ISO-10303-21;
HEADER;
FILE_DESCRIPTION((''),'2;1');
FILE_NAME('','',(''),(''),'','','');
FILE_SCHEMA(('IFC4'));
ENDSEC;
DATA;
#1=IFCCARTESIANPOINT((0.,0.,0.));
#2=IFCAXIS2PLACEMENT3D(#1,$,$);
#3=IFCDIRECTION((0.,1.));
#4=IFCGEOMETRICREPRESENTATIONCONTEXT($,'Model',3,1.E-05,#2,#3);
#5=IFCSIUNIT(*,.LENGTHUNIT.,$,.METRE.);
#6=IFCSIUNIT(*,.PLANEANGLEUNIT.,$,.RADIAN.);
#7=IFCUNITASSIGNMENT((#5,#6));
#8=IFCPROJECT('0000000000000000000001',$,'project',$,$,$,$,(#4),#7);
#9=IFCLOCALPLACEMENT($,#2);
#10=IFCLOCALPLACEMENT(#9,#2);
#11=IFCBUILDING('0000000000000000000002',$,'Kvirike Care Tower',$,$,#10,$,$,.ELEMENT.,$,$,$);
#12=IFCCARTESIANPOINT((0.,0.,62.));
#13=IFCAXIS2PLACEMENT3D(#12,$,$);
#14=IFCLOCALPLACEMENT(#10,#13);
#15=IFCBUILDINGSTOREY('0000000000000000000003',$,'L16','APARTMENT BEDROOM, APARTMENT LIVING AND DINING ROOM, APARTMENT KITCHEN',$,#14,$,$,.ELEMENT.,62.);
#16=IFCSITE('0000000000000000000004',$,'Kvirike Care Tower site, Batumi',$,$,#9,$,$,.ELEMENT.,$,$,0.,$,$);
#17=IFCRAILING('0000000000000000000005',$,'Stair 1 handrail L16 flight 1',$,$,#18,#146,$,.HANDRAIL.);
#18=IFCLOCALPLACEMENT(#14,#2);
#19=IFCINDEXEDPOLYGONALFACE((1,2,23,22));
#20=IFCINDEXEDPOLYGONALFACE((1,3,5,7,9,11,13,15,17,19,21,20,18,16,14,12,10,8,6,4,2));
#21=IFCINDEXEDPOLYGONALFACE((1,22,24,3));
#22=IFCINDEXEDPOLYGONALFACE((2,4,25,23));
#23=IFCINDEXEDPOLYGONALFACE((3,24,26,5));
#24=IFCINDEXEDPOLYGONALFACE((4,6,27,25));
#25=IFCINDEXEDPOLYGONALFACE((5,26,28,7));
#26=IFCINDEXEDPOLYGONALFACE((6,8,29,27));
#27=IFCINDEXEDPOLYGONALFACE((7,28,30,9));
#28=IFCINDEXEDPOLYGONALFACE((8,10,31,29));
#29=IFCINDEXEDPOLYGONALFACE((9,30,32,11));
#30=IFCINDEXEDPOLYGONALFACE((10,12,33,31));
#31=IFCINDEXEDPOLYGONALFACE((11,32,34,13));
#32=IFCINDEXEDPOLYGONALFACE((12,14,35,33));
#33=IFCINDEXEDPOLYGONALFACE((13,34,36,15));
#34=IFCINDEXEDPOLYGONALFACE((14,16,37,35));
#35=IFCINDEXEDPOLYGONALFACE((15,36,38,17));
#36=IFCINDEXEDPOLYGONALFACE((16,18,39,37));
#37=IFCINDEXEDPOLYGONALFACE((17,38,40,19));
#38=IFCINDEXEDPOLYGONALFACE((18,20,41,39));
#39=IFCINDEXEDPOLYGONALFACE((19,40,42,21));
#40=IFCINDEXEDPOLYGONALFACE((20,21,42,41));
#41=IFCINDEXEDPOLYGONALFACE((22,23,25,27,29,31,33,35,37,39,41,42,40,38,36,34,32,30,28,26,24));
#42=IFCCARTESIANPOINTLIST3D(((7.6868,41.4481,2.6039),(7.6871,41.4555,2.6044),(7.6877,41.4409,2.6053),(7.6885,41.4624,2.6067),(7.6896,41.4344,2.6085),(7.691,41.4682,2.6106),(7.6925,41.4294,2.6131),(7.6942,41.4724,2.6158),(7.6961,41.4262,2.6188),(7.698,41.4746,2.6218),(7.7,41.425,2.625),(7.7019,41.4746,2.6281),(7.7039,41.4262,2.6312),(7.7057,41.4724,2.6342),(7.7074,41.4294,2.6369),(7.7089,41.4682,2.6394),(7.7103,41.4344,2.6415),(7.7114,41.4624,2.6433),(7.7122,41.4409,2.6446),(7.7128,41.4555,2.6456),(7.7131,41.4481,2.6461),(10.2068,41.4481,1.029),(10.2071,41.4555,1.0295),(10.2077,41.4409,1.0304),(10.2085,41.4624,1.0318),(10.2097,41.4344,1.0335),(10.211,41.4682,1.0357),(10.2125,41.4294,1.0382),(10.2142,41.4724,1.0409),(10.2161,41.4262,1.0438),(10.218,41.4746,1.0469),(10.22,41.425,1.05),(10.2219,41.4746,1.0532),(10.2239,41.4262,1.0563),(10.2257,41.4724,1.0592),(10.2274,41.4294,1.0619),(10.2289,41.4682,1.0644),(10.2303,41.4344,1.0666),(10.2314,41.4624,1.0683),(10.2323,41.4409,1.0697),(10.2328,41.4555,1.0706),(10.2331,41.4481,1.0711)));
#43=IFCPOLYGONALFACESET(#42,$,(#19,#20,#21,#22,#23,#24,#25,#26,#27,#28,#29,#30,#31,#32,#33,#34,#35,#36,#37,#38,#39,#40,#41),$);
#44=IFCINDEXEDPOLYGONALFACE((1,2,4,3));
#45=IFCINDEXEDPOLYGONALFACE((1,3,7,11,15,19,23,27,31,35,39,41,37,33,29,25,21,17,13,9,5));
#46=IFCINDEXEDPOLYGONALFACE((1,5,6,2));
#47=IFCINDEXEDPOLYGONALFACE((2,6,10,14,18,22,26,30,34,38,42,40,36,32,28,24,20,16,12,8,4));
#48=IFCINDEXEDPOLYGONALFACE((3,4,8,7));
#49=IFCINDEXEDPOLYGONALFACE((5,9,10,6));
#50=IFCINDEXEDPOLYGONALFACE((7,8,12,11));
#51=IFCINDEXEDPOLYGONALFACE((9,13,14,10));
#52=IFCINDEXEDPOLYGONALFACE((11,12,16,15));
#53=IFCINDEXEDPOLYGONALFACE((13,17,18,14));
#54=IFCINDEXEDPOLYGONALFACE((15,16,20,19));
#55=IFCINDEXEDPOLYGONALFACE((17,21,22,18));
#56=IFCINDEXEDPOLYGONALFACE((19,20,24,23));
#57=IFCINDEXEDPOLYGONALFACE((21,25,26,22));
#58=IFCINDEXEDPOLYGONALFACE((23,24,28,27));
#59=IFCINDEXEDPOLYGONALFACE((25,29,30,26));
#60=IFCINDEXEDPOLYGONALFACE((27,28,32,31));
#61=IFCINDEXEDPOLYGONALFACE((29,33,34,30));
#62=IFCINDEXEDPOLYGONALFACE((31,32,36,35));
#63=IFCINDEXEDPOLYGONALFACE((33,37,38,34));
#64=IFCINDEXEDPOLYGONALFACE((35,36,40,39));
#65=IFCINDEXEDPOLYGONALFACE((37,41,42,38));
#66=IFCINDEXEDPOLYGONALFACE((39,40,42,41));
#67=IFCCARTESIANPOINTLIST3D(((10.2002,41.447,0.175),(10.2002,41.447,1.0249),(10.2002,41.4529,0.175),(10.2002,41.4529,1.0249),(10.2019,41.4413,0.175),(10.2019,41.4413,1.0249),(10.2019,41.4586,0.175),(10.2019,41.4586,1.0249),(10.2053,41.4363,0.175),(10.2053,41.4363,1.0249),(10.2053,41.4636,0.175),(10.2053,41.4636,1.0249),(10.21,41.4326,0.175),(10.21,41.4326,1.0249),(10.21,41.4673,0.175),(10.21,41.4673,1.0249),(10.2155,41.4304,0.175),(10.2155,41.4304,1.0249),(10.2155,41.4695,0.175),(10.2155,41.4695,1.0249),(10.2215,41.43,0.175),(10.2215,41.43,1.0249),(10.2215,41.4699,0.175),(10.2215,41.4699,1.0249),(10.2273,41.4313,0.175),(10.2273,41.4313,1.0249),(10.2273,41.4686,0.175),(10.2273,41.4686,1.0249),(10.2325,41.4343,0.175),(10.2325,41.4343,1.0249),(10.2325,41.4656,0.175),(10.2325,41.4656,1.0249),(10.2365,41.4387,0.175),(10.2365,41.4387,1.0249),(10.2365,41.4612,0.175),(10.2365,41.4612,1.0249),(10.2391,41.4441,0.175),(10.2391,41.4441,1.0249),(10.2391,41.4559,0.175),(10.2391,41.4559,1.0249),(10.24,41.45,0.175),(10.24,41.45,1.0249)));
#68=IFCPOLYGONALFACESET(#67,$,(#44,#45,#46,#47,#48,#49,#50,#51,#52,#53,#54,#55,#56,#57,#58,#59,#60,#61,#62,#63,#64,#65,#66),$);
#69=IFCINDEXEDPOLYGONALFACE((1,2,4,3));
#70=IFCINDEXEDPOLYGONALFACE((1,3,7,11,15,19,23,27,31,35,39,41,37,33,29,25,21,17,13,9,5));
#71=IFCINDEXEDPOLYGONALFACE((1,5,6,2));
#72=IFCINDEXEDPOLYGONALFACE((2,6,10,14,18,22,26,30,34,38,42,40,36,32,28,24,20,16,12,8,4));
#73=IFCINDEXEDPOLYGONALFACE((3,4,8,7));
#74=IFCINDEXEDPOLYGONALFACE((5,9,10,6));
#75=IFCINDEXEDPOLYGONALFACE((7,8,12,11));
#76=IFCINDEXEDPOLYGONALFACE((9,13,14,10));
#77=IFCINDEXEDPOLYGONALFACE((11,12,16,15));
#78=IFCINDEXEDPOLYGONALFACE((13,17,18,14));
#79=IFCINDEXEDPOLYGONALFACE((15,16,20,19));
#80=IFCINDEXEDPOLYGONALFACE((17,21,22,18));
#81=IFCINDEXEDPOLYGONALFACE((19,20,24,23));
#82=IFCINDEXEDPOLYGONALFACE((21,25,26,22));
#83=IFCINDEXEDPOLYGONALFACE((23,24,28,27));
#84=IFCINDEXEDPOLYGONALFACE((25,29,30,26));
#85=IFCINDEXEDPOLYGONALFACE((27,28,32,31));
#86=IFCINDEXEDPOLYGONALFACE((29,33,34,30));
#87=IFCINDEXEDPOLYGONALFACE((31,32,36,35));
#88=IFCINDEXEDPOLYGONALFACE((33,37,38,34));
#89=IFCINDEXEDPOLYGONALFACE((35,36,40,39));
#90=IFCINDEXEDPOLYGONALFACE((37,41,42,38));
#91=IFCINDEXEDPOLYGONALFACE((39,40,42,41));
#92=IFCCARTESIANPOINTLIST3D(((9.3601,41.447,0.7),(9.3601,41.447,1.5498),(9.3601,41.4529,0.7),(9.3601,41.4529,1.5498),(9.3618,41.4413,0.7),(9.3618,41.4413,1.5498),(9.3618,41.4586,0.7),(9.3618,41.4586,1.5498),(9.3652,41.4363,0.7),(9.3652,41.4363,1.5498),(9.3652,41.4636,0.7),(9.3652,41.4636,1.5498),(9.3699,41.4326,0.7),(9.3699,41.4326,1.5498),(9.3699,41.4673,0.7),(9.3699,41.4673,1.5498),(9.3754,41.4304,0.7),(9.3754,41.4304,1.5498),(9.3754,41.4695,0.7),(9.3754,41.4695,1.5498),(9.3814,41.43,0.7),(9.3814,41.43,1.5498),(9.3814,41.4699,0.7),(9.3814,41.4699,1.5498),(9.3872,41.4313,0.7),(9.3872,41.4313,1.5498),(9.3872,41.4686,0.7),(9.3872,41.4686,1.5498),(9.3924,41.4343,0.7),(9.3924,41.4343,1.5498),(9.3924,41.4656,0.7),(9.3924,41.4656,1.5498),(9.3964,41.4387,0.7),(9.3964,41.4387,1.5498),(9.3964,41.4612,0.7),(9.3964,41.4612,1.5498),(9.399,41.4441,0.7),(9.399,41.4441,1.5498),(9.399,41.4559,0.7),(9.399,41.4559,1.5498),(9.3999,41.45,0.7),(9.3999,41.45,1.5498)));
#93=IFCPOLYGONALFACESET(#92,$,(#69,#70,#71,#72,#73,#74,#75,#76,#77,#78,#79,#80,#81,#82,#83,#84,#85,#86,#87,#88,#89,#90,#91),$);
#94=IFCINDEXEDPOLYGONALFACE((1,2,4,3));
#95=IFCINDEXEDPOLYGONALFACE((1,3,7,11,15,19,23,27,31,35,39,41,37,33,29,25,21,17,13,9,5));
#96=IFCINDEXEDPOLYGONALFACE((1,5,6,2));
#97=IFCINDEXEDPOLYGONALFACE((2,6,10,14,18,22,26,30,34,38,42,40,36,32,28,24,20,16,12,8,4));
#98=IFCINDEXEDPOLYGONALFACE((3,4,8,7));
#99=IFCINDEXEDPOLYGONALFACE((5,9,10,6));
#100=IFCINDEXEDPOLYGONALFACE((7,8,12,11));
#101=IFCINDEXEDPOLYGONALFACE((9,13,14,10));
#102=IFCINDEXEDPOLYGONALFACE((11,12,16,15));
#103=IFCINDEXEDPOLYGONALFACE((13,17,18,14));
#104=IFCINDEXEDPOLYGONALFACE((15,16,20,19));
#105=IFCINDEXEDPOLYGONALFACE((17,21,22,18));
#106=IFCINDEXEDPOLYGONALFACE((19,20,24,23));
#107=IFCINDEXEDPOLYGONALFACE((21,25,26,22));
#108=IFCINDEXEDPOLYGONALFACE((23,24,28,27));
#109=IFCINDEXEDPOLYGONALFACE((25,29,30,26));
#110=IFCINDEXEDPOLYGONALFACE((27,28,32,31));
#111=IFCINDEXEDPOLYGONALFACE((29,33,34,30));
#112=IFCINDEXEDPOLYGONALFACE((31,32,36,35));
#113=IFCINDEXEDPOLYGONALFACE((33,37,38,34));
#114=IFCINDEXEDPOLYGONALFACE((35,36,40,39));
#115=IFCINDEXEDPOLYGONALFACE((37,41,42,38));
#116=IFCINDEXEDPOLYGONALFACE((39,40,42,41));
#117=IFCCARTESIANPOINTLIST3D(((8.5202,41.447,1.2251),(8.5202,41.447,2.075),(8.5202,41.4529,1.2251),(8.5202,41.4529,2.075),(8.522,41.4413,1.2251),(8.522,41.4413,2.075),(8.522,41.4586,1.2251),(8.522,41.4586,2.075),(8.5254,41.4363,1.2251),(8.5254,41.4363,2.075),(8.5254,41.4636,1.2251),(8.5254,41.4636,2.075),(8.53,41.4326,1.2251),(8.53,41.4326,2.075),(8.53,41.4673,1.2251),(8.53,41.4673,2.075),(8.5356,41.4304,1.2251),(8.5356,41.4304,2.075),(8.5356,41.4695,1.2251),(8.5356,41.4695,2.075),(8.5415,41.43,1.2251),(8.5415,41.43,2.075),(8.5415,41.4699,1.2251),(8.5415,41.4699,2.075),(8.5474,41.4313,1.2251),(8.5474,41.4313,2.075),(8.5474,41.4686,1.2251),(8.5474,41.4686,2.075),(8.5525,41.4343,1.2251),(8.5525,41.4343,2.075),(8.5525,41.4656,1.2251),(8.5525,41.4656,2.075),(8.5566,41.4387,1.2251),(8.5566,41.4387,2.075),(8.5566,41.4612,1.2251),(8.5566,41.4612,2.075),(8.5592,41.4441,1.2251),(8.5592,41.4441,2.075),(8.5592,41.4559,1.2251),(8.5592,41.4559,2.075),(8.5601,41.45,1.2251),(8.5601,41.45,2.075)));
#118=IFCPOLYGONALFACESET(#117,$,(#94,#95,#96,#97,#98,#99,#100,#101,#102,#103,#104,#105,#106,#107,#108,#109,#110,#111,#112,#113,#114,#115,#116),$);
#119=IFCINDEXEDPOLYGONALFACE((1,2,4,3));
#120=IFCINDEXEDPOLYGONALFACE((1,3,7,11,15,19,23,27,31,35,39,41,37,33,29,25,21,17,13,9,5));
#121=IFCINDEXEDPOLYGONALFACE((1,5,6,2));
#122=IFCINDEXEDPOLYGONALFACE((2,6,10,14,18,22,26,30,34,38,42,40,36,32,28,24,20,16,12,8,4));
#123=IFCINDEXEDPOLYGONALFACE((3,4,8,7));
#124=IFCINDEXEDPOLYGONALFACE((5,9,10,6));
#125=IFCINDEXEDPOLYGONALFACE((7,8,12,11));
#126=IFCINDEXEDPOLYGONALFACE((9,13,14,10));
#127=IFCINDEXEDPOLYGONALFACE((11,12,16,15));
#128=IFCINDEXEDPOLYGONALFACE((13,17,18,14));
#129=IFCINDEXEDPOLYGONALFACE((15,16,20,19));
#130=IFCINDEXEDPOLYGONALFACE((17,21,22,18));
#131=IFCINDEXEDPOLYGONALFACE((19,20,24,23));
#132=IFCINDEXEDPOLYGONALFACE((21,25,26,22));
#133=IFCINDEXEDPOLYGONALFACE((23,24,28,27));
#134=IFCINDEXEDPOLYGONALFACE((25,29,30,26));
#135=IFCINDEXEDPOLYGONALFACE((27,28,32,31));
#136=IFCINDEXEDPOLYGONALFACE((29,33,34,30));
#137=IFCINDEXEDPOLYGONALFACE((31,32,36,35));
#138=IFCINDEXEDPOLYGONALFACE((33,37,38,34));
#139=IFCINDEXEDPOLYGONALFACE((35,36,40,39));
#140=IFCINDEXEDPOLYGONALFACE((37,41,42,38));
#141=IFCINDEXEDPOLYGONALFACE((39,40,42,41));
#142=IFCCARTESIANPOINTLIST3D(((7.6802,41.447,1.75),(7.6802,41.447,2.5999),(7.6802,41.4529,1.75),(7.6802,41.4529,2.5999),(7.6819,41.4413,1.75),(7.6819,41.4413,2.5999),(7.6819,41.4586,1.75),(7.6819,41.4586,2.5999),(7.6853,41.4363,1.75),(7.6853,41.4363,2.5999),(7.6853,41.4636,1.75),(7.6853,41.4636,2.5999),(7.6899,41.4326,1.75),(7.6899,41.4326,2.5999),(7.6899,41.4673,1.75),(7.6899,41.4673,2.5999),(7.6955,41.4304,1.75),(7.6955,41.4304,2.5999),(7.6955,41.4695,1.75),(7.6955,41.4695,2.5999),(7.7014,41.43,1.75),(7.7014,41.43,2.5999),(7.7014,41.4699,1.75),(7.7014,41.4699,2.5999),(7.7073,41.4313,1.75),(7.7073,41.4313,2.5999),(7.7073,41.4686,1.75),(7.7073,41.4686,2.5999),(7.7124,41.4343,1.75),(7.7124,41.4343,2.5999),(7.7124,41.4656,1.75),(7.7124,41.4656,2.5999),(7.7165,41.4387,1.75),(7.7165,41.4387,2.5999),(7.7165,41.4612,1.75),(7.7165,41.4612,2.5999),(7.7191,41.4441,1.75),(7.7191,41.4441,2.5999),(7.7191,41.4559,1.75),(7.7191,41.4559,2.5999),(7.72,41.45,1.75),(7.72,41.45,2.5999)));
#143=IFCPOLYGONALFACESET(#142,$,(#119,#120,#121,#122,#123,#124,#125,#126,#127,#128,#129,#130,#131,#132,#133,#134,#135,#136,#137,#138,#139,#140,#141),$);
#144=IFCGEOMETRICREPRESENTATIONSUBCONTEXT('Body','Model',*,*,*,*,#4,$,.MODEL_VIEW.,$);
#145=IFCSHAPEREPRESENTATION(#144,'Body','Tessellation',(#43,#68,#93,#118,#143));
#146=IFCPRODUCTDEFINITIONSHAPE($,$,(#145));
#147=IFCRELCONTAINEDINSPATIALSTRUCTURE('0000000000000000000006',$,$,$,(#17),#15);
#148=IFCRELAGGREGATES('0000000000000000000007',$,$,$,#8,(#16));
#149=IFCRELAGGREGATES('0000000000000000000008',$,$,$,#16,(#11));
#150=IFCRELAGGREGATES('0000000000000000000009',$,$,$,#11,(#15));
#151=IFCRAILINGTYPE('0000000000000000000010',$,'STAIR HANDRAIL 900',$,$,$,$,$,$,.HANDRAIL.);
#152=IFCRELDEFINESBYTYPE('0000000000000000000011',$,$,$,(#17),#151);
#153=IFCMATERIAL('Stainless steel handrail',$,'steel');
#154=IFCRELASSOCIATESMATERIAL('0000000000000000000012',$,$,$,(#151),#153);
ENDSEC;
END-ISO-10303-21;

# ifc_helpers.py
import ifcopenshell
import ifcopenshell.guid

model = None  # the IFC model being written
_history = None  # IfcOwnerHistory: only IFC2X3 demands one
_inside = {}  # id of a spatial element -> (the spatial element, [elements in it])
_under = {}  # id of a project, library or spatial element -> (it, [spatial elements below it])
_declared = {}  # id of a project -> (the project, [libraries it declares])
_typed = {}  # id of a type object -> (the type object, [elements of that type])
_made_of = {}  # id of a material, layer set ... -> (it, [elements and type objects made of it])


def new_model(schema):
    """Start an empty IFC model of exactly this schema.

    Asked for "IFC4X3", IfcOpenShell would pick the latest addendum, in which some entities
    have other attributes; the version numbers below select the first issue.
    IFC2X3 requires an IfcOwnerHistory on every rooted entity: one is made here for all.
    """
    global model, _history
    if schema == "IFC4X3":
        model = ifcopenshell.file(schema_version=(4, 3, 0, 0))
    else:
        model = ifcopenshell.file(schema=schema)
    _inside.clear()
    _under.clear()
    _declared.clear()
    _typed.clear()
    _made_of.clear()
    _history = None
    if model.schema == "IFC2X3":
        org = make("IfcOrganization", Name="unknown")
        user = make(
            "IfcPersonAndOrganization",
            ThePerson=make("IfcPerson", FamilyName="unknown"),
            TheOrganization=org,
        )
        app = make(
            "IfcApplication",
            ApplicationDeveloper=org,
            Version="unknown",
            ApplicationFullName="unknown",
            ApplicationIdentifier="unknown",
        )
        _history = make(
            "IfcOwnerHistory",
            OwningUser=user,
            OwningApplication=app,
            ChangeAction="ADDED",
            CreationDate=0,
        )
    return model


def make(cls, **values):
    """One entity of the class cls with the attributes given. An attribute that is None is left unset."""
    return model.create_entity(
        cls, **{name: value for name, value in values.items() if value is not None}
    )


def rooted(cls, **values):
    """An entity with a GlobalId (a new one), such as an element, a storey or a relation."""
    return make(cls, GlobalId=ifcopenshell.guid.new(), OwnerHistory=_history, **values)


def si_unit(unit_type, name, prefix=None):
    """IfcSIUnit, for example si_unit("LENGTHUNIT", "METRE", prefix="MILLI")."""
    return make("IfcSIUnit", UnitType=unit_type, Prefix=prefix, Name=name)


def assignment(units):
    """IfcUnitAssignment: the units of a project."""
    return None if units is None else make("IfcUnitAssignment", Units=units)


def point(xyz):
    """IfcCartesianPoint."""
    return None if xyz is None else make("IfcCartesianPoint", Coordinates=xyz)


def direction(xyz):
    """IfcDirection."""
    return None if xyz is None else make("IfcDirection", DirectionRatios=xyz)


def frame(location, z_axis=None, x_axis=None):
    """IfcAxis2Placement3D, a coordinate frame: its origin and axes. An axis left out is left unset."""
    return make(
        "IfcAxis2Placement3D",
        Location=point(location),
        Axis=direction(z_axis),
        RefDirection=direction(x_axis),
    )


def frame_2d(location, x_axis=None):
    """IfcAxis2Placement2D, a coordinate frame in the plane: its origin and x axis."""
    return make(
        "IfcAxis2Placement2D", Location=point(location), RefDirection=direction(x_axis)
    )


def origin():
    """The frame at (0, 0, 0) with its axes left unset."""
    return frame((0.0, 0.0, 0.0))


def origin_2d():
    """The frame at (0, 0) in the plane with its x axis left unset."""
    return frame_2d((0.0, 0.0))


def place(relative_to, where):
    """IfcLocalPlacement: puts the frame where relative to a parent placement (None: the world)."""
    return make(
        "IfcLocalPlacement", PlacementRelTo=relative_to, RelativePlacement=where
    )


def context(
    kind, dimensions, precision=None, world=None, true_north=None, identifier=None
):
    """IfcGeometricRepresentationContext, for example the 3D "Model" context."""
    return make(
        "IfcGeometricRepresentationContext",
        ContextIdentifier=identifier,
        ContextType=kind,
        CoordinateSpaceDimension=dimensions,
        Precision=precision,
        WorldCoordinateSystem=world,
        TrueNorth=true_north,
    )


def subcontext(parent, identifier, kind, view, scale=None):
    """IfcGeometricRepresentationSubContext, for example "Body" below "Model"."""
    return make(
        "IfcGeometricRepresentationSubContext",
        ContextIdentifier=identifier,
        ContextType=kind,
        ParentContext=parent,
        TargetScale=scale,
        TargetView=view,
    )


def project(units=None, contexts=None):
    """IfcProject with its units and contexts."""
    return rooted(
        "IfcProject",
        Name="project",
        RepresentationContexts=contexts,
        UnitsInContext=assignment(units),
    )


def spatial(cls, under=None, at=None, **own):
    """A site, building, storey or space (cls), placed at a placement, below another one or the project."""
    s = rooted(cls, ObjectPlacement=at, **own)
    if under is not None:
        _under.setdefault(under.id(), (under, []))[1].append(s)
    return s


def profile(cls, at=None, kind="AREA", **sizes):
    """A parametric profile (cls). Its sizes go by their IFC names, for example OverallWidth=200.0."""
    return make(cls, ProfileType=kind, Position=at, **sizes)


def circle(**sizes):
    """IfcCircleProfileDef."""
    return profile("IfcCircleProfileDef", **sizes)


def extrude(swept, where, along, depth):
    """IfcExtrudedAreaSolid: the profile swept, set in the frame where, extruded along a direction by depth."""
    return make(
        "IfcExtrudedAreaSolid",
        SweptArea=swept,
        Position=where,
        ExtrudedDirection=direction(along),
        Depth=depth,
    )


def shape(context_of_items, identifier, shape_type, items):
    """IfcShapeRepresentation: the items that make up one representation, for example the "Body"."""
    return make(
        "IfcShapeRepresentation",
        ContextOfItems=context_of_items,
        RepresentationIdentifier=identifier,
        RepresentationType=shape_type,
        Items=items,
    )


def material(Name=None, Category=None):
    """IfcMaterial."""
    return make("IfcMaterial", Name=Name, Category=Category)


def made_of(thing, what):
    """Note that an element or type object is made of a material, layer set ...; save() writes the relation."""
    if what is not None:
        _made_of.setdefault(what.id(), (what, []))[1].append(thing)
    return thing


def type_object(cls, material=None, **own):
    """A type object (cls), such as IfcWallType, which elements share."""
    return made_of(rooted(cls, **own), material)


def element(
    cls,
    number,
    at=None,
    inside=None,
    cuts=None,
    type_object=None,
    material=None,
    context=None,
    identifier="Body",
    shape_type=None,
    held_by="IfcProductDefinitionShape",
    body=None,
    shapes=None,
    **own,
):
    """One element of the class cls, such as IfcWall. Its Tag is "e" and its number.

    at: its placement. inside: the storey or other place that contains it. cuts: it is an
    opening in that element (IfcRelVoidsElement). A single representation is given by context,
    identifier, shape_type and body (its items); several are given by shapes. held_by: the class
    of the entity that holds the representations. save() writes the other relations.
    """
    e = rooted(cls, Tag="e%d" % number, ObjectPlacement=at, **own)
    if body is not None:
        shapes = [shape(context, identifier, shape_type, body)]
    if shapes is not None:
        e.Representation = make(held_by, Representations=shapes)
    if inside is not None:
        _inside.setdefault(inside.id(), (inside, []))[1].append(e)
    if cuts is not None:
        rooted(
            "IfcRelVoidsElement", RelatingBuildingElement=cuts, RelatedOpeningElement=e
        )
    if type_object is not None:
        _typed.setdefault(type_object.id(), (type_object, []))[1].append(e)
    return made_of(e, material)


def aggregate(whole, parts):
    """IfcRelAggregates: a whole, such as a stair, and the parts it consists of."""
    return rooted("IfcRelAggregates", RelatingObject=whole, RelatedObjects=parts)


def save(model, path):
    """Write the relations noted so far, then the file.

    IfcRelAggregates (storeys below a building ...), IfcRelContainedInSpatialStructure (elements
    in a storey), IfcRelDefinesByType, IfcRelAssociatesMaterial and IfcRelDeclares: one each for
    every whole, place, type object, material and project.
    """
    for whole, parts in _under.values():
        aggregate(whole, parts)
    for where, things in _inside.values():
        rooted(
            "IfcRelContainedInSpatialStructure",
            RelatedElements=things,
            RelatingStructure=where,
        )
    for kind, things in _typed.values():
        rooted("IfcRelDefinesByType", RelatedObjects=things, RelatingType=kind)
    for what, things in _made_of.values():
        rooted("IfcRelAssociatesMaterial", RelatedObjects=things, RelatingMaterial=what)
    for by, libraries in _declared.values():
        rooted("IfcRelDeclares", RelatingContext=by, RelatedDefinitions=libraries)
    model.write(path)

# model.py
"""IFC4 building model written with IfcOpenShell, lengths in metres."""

from ifc_helpers import new_model, si_unit, direction, frame, origin, origin_2d, place, context, subcontext, project, spatial, circle, extrude, material, type_object, element, save


model = new_model("IFC4")

# Units and contexts
model_context = context("Model", 3, precision=1e-05, world=origin(), true_north=direction((0.0, 1.0)))
body_context = subcontext(model_context, "Body", "Model", "MODEL_VIEW")
ifc_project = project(units=[si_unit("LENGTHUNIT", "METRE"), si_unit("PLANEANGLEUNIT", "RADIAN")], contexts=[model_context])

# Site, building, storey
site_placement = place(None, origin())
site = spatial("IfcSite", under=ifc_project, at=site_placement, Name="Kvirike Care Tower site, Batumi", CompositionType="ELEMENT", RefElevation=0.0)
building_placement = place(site_placement, origin())
building = spatial("IfcBuilding", under=site, at=building_placement, Name="Kvirike Care Tower", CompositionType="ELEMENT")
storey_placement = place(building_placement, frame((0.0, 0.0, 62.0)))
storey = spatial("IfcBuildingStorey", under=building, at=storey_placement, Name="L16", Description="APARTMENT BEDROOM, APARTMENT LIVING AND DINING ROOM, APARTMENT KITCHEN", CompositionType="ELEMENT", Elevation=62.0)

# Railing
ifc_material_1 = material(Name="Stainless steel handrail", Category="steel")
railing_type = type_object("IfcRailingType", Name="STAIR HANDRAIL 900", PredefinedType="HANDRAIL", material=ifc_material_1)
railing_1_placement = place(storey_placement, frame((10.22, 41.45, 0.175)))
element("IfcRailing", 1, at=railing_1_placement, inside=storey, type_object=railing_type, Name="Stair 1 handrail L16 flight 1", PredefinedType="HANDRAIL", context=body_context, shape_type="SweptSolid", body=[
    extrude(circle(Radius=0.0249, at=origin_2d()), frame((0.0, 0.0, 0.875), z_axis=(-0.848008, 0.0, 0.529984), x_axis=(0.0, -1.0, 0.0)), (0.0, 0.0, 1.0), 2.9717),
    extrude(circle(Radius=0.02, at=origin_2d()), origin(), (0.0, 0.0, 1.0), 0.8499),
    extrude(circle(Radius=0.02, at=origin_2d()), frame((-0.8401, 0.0, 0.5249)), (0.0, 0.0, 1.0), 0.8499),
    extrude(circle(Radius=0.02, at=origin_2d()), frame((-1.6799, 0.0, 1.05)), (0.0, 0.0, 1.0), 0.8499),
    extrude(circle(Radius=0.02, at=origin_2d()), frame((-2.52, 0.0, 1.575)), (0.0, 0.0, 1.0), 0.8499),
])

save(model, "model.ifc")
